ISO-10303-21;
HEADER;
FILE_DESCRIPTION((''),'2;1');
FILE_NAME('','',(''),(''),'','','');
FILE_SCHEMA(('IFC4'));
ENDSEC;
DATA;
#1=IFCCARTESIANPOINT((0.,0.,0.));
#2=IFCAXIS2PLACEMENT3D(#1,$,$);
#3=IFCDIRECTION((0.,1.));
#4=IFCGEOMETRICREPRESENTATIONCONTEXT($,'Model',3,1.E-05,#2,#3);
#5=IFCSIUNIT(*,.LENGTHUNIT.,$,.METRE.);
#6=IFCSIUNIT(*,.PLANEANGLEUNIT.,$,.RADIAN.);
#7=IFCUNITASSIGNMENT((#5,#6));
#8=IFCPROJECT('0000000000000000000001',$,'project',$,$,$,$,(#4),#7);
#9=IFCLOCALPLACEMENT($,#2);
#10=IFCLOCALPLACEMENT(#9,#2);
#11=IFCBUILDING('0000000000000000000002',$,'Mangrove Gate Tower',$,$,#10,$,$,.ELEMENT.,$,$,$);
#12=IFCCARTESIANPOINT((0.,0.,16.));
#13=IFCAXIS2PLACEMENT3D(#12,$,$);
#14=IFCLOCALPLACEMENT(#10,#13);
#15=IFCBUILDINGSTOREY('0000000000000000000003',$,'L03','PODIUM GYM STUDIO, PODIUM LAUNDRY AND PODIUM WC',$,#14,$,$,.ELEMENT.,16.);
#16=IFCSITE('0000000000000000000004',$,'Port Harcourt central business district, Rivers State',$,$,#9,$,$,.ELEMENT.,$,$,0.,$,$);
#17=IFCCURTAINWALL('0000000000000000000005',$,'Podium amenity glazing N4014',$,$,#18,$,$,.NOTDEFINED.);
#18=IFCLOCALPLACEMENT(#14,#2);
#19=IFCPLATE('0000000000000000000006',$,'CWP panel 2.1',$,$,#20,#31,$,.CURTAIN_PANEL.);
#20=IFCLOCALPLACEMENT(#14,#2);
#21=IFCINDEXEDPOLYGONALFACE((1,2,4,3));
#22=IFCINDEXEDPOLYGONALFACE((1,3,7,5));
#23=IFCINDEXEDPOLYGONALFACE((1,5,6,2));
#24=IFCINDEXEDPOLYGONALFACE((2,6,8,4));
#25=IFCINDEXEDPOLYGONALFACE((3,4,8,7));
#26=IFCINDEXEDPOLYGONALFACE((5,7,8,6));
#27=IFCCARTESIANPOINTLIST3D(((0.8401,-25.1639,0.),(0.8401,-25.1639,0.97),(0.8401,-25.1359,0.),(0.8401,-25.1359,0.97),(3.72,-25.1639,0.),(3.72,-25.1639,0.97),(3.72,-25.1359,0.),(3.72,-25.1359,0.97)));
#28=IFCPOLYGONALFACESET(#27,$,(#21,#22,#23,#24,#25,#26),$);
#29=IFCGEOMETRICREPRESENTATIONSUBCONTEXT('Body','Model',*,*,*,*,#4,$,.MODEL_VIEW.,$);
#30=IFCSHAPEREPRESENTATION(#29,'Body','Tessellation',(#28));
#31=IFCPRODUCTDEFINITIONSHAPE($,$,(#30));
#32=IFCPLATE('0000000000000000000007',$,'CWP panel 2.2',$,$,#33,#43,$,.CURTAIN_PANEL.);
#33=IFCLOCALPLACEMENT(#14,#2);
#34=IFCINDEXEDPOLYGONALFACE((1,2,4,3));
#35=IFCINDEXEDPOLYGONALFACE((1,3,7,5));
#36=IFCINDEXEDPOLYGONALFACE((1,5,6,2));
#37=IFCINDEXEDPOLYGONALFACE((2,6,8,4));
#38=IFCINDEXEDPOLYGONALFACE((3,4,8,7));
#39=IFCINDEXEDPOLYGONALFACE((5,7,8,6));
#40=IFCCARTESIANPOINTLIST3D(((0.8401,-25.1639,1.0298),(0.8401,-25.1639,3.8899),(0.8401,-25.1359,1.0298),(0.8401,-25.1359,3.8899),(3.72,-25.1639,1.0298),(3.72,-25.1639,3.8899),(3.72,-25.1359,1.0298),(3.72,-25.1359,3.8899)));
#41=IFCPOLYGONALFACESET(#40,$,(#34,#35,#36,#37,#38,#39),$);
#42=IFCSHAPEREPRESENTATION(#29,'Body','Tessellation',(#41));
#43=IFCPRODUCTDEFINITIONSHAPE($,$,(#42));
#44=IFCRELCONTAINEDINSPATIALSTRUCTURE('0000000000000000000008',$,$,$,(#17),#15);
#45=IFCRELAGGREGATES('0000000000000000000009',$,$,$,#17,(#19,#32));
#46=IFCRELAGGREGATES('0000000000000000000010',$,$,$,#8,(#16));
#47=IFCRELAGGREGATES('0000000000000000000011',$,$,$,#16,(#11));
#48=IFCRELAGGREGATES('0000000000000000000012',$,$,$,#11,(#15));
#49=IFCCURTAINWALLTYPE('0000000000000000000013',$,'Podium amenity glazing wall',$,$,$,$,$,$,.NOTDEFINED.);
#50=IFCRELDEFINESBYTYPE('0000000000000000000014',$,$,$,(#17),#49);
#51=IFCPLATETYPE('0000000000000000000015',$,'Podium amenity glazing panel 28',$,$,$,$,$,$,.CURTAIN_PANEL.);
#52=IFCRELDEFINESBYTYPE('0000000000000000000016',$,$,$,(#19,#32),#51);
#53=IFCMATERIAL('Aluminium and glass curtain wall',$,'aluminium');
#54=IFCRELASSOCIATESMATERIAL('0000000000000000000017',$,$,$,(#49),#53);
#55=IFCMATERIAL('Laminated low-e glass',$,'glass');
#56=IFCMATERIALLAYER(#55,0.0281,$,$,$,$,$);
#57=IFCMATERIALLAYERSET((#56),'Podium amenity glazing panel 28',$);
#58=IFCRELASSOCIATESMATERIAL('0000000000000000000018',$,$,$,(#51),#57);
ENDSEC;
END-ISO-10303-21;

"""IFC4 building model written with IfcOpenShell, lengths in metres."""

from ifc_helpers import new_model, si_unit, direction, frame, origin, origin_2d, place, context, subcontext, project, spatial, rectangle, extrude, material, layer, layer_set, type_object, element, aggregate, save


model = new_model("IFC4")

# Units and contexts
model_context = context("Model", 3, precision=1e-05, world=origin(), true_north=direction((0.0, 1.0)))
body_context = subcontext(model_context, "Body", "Model", "MODEL_VIEW")
ifc_project = project(units=[si_unit("LENGTHUNIT", "METRE"), si_unit("PLANEANGLEUNIT", "RADIAN")], contexts=[model_context])

# Site, building, storey
site_placement = place(None, origin())
site = spatial("IfcSite", under=ifc_project, at=site_placement, Name="Port Harcourt central business district, Rivers State", CompositionType="ELEMENT", RefElevation=0.0)
building_placement = place(site_placement, origin())
building = spatial("IfcBuilding", under=site, at=building_placement, Name="Mangrove Gate Tower", CompositionType="ELEMENT")
storey_placement = place(building_placement, frame((0.0, 0.0, 16.0)))
storey = spatial("IfcBuildingStorey", under=building, at=storey_placement, Name="L03", Description="PODIUM GYM STUDIO, PODIUM LAUNDRY AND PODIUM WC", CompositionType="ELEMENT", Elevation=16.0)

# Shared definitions
ifc_material_1 = material(Name="Aluminium and glass curtain wall", Category="aluminium")
curtain_wall_type = type_object("IfcCurtainWallType", Name="Podium amenity glazing wall", PredefinedType="NOTDEFINED", material=ifc_material_1)

# Curtain wall, plates
curtain_wall_1_placement = place(storey_placement, origin())
curtain_wall_1 = element("IfcCurtainWall", 1, at=curtain_wall_1_placement, inside=storey, type_object=curtain_wall_type, Name="Podium amenity glazing N4014", PredefinedType="NOTDEFINED")
ifc_material_2 = material(Name="Laminated low-e glass", Category="glass")
ifc_layer = layer(ifc_material_2, 0.0281)
ifc_layer_set = layer_set([ifc_layer], Name="Podium amenity glazing panel 28")
plate_type = type_object("IfcPlateType", Name="Podium amenity glazing panel 28", PredefinedType="CURTAIN_PANEL", material=ifc_layer_set)
plate_1_placement = place(storey_placement, frame((2.28, -25.1499, 0.0), z_axis=(0.0, 0.0, 1.0), x_axis=(-1.0, 0.0, 0.0)))
plate_1 = element("IfcPlate", 2, at=plate_1_placement, type_object=plate_type, Name="CWP panel 2.1", PredefinedType="CURTAIN_PANEL", context=body_context, shape_type="SweptSolid", body=[
    extrude(rectangle(XDim=2.8799, YDim=0.0281, at=origin_2d()), origin(), (0.0, 0.0, 1.0), 0.97),
])
plate_2_placement = place(storey_placement, frame((2.28, -25.1499, 1.0298), z_axis=(0.0, 0.0, 1.0), x_axis=(-1.0, 0.0, 0.0)))
plate_2 = element("IfcPlate", 3, at=plate_2_placement, type_object=plate_type, Name="CWP panel 2.2", PredefinedType="CURTAIN_PANEL", context=body_context, shape_type="SweptSolid", body=[
    extrude(rectangle(XDim=2.8799, YDim=0.0281, at=origin_2d()), origin(), (0.0, 0.0, 1.0), 2.8601),
])
aggregate(curtain_wall_1, [plate_1, plate_2])

save(model, "model.ifc")
